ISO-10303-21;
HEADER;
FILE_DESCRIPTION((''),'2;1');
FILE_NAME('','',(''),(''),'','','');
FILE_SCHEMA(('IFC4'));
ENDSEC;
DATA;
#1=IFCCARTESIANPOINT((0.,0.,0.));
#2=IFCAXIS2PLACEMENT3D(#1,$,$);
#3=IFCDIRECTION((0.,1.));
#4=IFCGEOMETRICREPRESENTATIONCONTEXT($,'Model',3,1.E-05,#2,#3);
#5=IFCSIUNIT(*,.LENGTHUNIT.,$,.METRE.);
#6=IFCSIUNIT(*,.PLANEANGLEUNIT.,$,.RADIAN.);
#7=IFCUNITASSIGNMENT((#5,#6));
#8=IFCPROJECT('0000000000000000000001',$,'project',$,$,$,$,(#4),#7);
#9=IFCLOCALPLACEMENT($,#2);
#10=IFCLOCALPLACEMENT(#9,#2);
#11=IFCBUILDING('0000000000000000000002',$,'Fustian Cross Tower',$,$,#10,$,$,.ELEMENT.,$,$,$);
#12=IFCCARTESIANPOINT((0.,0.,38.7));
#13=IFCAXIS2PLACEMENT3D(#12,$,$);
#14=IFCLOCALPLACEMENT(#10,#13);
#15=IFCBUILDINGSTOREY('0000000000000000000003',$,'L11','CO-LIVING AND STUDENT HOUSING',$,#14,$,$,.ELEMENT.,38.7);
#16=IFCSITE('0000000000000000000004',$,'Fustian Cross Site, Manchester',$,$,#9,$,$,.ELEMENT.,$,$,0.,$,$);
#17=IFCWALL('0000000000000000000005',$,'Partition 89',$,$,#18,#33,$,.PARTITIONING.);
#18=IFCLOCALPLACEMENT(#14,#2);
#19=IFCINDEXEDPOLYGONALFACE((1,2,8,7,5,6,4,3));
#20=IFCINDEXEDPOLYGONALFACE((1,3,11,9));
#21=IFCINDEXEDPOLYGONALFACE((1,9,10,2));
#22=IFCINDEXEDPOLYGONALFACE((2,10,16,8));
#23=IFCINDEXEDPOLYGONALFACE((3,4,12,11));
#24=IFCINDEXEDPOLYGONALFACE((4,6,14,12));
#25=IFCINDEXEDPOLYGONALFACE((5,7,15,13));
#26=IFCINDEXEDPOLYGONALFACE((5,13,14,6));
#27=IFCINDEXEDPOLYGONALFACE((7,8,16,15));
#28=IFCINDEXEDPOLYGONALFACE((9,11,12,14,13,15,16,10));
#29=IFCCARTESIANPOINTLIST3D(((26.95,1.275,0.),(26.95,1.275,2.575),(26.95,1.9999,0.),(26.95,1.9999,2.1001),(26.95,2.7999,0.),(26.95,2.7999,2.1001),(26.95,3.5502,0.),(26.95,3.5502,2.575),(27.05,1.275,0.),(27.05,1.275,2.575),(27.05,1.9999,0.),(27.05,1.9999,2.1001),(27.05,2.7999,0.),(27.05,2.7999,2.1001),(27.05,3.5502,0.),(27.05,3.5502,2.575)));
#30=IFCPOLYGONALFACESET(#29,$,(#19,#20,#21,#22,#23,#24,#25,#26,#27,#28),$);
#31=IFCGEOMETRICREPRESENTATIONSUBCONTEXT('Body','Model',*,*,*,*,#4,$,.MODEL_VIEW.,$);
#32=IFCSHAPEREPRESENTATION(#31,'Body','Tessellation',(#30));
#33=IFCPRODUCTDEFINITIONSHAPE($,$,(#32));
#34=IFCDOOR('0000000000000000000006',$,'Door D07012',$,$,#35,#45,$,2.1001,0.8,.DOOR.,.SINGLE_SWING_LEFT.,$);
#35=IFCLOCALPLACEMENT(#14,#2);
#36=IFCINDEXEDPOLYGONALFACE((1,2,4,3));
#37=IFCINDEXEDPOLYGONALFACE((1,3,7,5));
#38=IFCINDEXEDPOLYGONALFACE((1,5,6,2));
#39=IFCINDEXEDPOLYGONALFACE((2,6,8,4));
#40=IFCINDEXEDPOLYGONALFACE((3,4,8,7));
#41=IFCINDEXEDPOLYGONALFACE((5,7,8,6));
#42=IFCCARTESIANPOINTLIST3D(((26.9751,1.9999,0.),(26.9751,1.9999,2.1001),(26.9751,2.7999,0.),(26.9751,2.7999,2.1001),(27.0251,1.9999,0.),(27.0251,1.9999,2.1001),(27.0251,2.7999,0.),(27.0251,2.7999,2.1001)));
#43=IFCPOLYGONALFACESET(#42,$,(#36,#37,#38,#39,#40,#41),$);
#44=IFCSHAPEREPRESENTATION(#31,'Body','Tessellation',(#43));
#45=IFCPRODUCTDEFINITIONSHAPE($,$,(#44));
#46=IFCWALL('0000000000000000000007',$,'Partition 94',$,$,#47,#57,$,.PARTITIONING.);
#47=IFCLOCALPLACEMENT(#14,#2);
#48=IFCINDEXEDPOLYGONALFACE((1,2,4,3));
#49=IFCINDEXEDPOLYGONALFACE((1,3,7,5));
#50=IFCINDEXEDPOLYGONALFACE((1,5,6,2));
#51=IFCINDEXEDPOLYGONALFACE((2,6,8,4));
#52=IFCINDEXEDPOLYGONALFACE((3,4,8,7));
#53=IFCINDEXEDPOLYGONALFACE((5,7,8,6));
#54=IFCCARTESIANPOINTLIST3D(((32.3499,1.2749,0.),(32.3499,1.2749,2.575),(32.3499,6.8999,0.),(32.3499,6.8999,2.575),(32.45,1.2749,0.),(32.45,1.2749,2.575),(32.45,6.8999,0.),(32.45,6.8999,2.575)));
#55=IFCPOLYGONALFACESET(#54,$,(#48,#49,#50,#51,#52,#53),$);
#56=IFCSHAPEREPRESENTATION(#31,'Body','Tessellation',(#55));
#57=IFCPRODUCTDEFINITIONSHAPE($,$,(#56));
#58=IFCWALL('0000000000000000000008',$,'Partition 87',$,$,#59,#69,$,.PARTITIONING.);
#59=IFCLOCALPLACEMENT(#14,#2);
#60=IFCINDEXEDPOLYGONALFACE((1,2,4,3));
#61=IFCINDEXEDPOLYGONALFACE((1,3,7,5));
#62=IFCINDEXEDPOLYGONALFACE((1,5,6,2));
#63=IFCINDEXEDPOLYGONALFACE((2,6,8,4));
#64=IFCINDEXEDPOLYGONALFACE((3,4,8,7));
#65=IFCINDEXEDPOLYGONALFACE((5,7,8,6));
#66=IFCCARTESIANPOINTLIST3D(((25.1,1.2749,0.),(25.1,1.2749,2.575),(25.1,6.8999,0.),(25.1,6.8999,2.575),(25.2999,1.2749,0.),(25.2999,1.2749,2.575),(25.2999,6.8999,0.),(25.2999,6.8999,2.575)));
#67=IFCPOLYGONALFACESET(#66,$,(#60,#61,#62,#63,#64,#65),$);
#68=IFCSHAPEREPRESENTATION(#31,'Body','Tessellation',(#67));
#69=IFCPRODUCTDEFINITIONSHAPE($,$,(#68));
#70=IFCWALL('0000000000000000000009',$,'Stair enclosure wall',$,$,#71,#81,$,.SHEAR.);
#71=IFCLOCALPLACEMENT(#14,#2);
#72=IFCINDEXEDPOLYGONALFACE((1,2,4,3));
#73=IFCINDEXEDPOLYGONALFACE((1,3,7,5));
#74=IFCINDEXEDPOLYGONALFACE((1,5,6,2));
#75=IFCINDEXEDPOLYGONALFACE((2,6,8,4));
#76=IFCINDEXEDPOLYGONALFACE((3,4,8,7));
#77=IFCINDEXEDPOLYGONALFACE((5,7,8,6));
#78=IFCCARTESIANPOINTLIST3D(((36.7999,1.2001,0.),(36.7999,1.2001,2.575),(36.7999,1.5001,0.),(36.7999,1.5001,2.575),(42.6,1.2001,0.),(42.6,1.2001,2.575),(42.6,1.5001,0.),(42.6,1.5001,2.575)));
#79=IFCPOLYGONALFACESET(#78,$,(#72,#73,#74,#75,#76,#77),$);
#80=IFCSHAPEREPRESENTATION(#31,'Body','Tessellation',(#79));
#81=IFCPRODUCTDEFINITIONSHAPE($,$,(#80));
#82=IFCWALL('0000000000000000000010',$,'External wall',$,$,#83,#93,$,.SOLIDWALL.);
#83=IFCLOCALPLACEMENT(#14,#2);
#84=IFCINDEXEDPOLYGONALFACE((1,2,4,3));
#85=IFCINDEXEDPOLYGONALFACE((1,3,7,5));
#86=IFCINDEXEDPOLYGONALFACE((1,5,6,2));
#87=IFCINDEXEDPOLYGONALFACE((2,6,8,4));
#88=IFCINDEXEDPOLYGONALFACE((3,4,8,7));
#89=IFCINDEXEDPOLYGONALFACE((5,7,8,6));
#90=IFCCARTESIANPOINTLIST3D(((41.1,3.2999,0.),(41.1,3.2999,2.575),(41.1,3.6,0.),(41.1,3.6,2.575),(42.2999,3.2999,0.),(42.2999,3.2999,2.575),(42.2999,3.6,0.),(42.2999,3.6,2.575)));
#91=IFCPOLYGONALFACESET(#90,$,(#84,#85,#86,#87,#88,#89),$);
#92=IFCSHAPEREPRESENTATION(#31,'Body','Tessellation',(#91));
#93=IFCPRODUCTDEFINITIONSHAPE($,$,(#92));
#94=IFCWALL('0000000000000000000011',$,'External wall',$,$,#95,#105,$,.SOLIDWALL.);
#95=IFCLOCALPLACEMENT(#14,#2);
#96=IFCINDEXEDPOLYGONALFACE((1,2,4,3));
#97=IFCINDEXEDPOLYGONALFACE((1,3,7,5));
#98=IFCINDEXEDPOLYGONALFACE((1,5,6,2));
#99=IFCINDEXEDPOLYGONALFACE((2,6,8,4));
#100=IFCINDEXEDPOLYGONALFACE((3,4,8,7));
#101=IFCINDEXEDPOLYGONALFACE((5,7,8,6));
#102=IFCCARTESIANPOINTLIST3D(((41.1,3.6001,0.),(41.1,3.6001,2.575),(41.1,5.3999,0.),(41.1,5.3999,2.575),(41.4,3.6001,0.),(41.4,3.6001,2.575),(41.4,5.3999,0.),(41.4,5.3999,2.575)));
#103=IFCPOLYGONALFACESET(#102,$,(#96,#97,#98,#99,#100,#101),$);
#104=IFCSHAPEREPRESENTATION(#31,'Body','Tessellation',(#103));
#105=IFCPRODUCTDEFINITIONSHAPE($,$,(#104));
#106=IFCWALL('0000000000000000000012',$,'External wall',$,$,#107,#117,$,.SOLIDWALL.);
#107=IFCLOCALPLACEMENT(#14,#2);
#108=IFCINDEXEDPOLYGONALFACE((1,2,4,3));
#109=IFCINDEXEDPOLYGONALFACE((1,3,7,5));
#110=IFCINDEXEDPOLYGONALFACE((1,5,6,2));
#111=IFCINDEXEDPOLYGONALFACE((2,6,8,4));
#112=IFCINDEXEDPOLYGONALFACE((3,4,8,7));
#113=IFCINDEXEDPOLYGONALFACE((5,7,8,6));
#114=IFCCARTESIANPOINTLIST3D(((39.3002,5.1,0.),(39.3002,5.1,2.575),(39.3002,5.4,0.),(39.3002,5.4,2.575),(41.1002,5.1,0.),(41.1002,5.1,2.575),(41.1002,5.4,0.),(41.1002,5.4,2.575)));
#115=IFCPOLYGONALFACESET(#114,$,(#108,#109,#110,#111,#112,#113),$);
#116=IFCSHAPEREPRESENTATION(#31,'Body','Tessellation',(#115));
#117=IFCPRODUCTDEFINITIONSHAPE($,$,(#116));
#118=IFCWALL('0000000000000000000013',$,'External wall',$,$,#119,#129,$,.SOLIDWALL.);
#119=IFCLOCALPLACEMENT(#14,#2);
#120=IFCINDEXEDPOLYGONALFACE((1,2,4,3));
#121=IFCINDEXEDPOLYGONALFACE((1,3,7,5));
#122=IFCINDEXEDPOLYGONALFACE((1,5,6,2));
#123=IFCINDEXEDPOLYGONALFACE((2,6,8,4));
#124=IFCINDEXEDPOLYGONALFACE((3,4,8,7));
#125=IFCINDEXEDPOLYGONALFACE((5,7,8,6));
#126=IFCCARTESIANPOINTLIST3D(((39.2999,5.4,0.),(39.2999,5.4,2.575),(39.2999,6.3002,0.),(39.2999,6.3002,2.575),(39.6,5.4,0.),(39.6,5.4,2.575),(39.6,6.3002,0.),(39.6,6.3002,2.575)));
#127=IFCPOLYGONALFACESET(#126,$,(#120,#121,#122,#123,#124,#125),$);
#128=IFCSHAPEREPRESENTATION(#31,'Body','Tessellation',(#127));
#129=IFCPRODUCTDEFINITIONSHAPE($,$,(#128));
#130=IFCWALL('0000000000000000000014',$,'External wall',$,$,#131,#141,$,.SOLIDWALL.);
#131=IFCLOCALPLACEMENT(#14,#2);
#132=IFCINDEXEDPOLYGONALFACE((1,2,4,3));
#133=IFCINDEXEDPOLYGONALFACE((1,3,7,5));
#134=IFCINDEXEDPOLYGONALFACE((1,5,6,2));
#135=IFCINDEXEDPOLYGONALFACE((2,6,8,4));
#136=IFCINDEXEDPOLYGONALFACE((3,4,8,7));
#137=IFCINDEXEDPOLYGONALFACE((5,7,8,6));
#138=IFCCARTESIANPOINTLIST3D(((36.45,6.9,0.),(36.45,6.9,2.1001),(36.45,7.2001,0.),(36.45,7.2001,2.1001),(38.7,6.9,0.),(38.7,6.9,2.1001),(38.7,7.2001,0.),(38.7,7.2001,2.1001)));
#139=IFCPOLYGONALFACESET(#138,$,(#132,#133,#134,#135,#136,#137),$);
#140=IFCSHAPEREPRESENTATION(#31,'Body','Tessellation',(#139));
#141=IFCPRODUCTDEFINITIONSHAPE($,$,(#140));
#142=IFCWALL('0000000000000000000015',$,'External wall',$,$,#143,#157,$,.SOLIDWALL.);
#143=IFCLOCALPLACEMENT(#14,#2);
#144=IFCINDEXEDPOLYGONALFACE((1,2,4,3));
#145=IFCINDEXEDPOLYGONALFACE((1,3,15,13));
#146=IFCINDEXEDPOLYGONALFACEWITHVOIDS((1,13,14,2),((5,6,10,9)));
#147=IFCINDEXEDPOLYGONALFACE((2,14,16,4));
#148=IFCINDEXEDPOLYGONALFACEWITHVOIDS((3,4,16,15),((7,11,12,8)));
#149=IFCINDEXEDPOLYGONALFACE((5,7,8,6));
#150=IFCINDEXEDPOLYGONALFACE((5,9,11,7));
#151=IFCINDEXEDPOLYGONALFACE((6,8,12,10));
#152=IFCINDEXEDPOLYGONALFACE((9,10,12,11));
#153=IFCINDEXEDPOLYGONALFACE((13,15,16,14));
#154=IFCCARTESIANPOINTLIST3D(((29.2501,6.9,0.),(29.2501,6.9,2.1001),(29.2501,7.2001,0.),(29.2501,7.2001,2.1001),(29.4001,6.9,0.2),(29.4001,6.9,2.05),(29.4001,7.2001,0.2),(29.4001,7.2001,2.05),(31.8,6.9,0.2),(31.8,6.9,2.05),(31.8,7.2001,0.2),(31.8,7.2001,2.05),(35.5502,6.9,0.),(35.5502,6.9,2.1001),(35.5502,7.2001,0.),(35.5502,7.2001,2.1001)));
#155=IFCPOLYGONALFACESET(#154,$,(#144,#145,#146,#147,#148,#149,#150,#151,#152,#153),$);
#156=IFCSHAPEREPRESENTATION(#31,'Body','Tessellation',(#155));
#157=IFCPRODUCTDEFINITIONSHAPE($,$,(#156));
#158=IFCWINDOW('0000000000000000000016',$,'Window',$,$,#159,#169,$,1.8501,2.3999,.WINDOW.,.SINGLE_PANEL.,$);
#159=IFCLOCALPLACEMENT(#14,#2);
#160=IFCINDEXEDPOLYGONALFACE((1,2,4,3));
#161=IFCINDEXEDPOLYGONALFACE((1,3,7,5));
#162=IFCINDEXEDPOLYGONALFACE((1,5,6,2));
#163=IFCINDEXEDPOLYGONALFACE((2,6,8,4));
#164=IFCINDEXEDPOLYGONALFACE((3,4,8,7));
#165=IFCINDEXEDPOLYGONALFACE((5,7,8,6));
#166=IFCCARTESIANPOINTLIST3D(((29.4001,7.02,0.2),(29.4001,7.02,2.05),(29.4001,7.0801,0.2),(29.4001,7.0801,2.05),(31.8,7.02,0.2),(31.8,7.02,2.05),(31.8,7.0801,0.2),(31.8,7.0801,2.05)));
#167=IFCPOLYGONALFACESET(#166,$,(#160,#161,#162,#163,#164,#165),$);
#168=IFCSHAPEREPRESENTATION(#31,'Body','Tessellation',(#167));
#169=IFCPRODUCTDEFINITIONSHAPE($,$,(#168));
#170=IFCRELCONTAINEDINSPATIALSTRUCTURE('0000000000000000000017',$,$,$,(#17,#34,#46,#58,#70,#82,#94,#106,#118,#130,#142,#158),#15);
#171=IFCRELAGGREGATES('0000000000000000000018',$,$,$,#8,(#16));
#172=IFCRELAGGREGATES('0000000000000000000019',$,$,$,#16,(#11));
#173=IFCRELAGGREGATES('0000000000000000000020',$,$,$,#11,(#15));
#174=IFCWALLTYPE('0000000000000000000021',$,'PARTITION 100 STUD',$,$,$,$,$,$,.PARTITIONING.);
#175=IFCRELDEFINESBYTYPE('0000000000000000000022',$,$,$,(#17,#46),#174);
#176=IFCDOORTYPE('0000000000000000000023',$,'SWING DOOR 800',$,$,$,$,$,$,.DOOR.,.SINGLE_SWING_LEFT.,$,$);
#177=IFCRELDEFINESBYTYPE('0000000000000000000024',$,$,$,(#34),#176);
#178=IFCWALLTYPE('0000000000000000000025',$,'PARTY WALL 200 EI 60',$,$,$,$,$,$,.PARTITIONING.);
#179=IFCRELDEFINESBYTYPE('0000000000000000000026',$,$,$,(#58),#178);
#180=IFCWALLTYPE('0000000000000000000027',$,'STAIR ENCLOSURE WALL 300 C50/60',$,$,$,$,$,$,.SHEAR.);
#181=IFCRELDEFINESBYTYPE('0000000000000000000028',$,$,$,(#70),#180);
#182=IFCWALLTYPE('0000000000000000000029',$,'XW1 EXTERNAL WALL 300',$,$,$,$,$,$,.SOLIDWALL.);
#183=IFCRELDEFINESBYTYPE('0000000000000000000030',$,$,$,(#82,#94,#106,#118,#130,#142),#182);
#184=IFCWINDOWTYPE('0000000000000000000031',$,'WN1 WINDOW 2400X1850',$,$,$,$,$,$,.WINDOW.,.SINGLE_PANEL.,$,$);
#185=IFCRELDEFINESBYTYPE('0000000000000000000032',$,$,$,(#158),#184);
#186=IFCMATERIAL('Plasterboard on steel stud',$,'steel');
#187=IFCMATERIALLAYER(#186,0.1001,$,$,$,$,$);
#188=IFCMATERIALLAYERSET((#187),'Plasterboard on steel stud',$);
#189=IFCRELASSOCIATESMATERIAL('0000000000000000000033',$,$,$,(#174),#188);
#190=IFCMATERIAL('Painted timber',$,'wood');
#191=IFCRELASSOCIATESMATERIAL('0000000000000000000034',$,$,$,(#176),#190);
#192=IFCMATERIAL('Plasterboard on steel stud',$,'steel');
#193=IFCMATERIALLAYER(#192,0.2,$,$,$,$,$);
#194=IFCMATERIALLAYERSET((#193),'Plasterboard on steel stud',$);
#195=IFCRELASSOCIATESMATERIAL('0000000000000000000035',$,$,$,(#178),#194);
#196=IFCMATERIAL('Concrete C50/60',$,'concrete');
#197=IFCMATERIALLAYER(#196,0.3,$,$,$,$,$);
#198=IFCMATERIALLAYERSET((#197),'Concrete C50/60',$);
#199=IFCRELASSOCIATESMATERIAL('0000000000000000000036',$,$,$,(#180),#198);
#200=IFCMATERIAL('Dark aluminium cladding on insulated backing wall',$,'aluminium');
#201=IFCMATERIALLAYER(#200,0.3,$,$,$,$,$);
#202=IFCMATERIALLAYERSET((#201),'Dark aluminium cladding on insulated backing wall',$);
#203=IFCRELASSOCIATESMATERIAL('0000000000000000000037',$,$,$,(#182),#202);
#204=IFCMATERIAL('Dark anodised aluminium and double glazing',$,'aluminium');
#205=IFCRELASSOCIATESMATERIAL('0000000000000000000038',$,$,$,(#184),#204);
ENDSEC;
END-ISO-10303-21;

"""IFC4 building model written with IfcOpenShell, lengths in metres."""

from ifc_helpers import new_model, si_unit, direction, frame, frame_2d, origin, place, context, subcontext, project, spatial, rectangle, extrude, material, layer, layer_set, type_object, element, fill, save


model = new_model("IFC4")

# Units and contexts
model_context = context("Model", 3, precision=1e-05, world=origin(), true_north=direction((0.0, 1.0)))
body_context = subcontext(model_context, "Body", "Model", "MODEL_VIEW")
ifc_project = project(units=[si_unit("LENGTHUNIT", "METRE"), si_unit("PLANEANGLEUNIT", "RADIAN")], contexts=[model_context])

# Site, building, storey
site_placement = place(None, origin())
site = spatial("IfcSite", under=ifc_project, at=site_placement, Name="Fustian Cross Site, Manchester", CompositionType="ELEMENT", RefElevation=0.0)
building_placement = place(site_placement, origin())
building = spatial("IfcBuilding", under=site, at=building_placement, Name="Fustian Cross Tower", CompositionType="ELEMENT")
storey_placement = place(building_placement, frame((0.0, 0.0, 38.7)))
storey = spatial("IfcBuildingStorey", under=building, at=storey_placement, Name="L11", Description="CO-LIVING AND STUDENT HOUSING", CompositionType="ELEMENT", Elevation=38.7)

# Shared definitions
ifc_material_1 = material(Name="Plasterboard on steel stud", Category="steel")
ifc_layer_1 = layer(ifc_material_1, 0.1001)
ifc_layer_set_1 = layer_set([ifc_layer_1], Name="Plasterboard on steel stud")
wall_type_1 = type_object("IfcWallType", Name="PARTITION 100 STUD", PredefinedType="PARTITIONING", material=ifc_layer_set_1)

# Shared definitions
ifc_material_2 = material(Name="Painted timber", Category="wood")
door_type = type_object("IfcDoorType", Name="SWING DOOR 800", OperationType="SINGLE_SWING_LEFT", PredefinedType="DOOR", material=ifc_material_2)

# Wall, opening, door
wall_1_placement = place(storey_placement, frame((27.0, 1.2749, 0.0), z_axis=(0.0, 0.0, 1.0), x_axis=(0.0, 1.0, 0.0)))
wall_1 = element("IfcWall", 1, at=wall_1_placement, inside=storey, type_object=wall_type_1, Name="Partition 89", PredefinedType="PARTITIONING", context=body_context, shape_type="SweptSolid", body=[
    extrude(rectangle(XDim=2.2751, YDim=0.1001, at=frame_2d((1.1377, 0.0))), origin(), (0.0, 0.0, 1.0), 2.575),
])
opening_1_placement = place(wall_1_placement, frame((0.7251, 0.0, 0.0)))
opening_1 = element("IfcOpeningElement", 2, at=opening_1_placement, cuts=wall_1, PredefinedType="OPENING", context=body_context, shape_type="SweptSolid", body=[
    extrude(rectangle(XDim=0.8, YDim=2.1001, at=frame_2d((0.3999, 1.05))), frame((0.0, 0.0601, 0.0), z_axis=(0.0, -1.0, 0.0), x_axis=(1.0, 0.0, 0.0)), (0.0, 0.0, 1.0), 0.1201),
])
door_1_placement = place(opening_1_placement, origin())
door_1 = element("IfcDoor", 3, at=door_1_placement, inside=storey, type_object=door_type, Name="Door D07012", OperationType="SINGLE_SWING_LEFT", OverallHeight=2.1001, OverallWidth=0.8, PredefinedType="DOOR", context=body_context, shape_type="SweptSolid", body=[
    extrude(rectangle(XDim=0.8, YDim=2.1001, at=frame_2d((0.3999, 1.05))), frame((0.0, 0.0249, 0.0), z_axis=(0.0, -1.0, 0.0), x_axis=(1.0, 0.0, 0.0)), (0.0, 0.0, 1.0), 0.05),
])
fill(opening_1, door_1)

# Walls
wall_2_placement = place(storey_placement, frame((32.3999, 1.2749, 0.0), z_axis=(0.0, 0.0, 1.0), x_axis=(0.0, 1.0, 0.0)))
element("IfcWall", 4, at=wall_2_placement, inside=storey, type_object=wall_type_1, Name="Partition 94", PredefinedType="PARTITIONING", context=body_context, shape_type="SweptSolid", body=[
    extrude(rectangle(XDim=5.625, YDim=0.1001, at=frame_2d((2.8125, 0.0))), origin(), (0.0, 0.0, 1.0), 2.575),
])
ifc_material_3 = material(Name="Plasterboard on steel stud", Category="steel")
ifc_layer_2 = layer(ifc_material_3, 0.2)
ifc_layer_set_2 = layer_set([ifc_layer_2], Name="Plasterboard on steel stud")
wall_type_2 = type_object("IfcWallType", Name="PARTY WALL 200 EI 60", PredefinedType="PARTITIONING", material=ifc_layer_set_2)
wall_3_placement = place(storey_placement, frame((25.2, 1.2749, 0.0), z_axis=(0.0, 0.0, 1.0), x_axis=(0.0, 1.0, 0.0)))
element("IfcWall", 5, at=wall_3_placement, inside=storey, type_object=wall_type_2, Name="Partition 87", PredefinedType="PARTITIONING", context=body_context, shape_type="SweptSolid", body=[
    extrude(rectangle(XDim=5.625, YDim=0.2, at=frame_2d((2.8125, 0.0))), origin(), (0.0, 0.0, 1.0), 2.575),
])
ifc_material_4 = material(Name="Concrete C50/60", Category="concrete")
ifc_layer_3 = layer(ifc_material_4, 0.3)
ifc_layer_set_3 = layer_set([ifc_layer_3], Name="Concrete C50/60")
wall_type_3 = type_object("IfcWallType", Name="STAIR ENCLOSURE WALL 300 C50/60", PredefinedType="SHEAR", material=ifc_layer_set_3)
wall_4_placement = place(storey_placement, frame((36.8, 1.3501, 0.0), z_axis=(0.0, 0.0, 1.0), x_axis=(1.0, 0.0, 0.0)))
element("IfcWall", 6, at=wall_4_placement, inside=storey, type_object=wall_type_3, Name="Stair enclosure wall", PredefinedType="SHEAR", context=body_context, shape_type="SweptSolid", body=[
    extrude(rectangle(XDim=5.8, YDim=0.3, at=frame_2d((2.8999, 0.0))), origin(), (0.0, 0.0, 1.0), 2.575),
])
ifc_material_5 = material(Name="Dark aluminium cladding on insulated backing wall", Category="aluminium")
ifc_layer_4 = layer(ifc_material_5, 0.3)
ifc_layer_set_4 = layer_set([ifc_layer_4], Name="Dark aluminium cladding on insulated backing wall")
wall_type_4 = type_object("IfcWallType", Name="XW1 EXTERNAL WALL 300", PredefinedType="SOLIDWALL", material=ifc_layer_set_4)
wall_5_placement = place(storey_placement, frame((42.3, 3.45, 0.0), z_axis=(0.0, 0.0, 1.0), x_axis=(-1.0, 0.0, 0.0)))
element("IfcWall", 7, at=wall_5_placement, inside=storey, type_object=wall_type_4, Name="External wall", PredefinedType="SOLIDWALL", context=body_context, shape_type="SweptSolid", body=[
    extrude(rectangle(XDim=1.2, YDim=0.3, at=frame_2d((0.6001, 0.0))), origin(), (0.0, 0.0, 1.0), 2.575),
])
wall_6_placement = place(storey_placement, frame((41.25, 3.6001, 0.0), z_axis=(0.0, 0.0, 1.0), x_axis=(0.0, 1.0, 0.0)))
element("IfcWall", 8, at=wall_6_placement, inside=storey, type_object=wall_type_4, Name="External wall", PredefinedType="SOLIDWALL", context=body_context, shape_type="SweptSolid", body=[
    extrude(rectangle(XDim=1.7998, YDim=0.3, at=frame_2d((0.8999, 0.0))), origin(), (0.0, 0.0, 1.0), 2.575),
])
wall_7_placement = place(storey_placement, frame((41.1001, 5.25, 0.0), z_axis=(0.0, 0.0, 1.0), x_axis=(-1.0, 0.0, 0.0)))
element("IfcWall", 9, at=wall_7_placement, inside=storey, type_object=wall_type_4, Name="External wall", PredefinedType="SOLIDWALL", context=body_context, shape_type="SweptSolid", body=[
    extrude(rectangle(XDim=1.8, YDim=0.3, at=frame_2d((0.8999, 0.0))), origin(), (0.0, 0.0, 1.0), 2.575),
])
wall_8_placement = place(storey_placement, frame((39.45, 5.3999, 0.0), z_axis=(0.0, 0.0, 1.0), x_axis=(0.0, 1.0, 0.0)))
element("IfcWall", 10, at=wall_8_placement, inside=storey, type_object=wall_type_4, Name="External wall", PredefinedType="SOLIDWALL", context=body_context, shape_type="SweptSolid", body=[
    extrude(rectangle(XDim=0.9001, YDim=0.3, at=frame_2d((0.4502, 0.0))), origin(), (0.0, 0.0, 1.0), 2.575),
])
wall_9_placement = place(storey_placement, frame((38.7, 7.05, 0.0), z_axis=(0.0, 0.0, 1.0), x_axis=(-1.0, 0.0, 0.0)))
element("IfcWall", 11, at=wall_9_placement, inside=storey, type_object=wall_type_4, Name="External wall", PredefinedType="SOLIDWALL", context=body_context, shape_type="SweptSolid", body=[
    extrude(rectangle(XDim=2.25, YDim=0.3, at=frame_2d((1.125, 0.0))), origin(), (0.0, 0.0, 1.0), 2.1001),
])

# Wall, opening, window
wall_10_placement = place(storey_placement, frame((35.55, 7.05, 0.0), z_axis=(0.0, 0.0, 1.0), x_axis=(-1.0, 0.0, 0.0)))
wall_10 = element("IfcWall", 12, at=wall_10_placement, inside=storey, type_object=wall_type_4, Name="External wall", PredefinedType="SOLIDWALL", context=body_context, shape_type="SweptSolid", body=[
    extrude(rectangle(XDim=6.3, YDim=0.3, at=frame_2d((3.1499, 0.0))), origin(), (0.0, 0.0, 1.0), 2.1001),
])
opening_2_placement = place(wall_10_placement, frame((3.75, 0.0, 0.2)))
opening_2 = element("IfcOpeningElement", 13, at=opening_2_placement, cuts=wall_10, PredefinedType="OPENING", context=body_context, shape_type="SweptSolid", body=[
    extrude(rectangle(XDim=2.3999, YDim=1.8501, at=frame_2d((1.2, 0.925))), frame((0.0, 0.1599, 0.0), z_axis=(0.0, -1.0, 0.0), x_axis=(1.0, 0.0, 0.0)), (0.0, 0.0, 1.0), 0.3201),
])
ifc_material_6 = material(Name="Dark anodised aluminium and double glazing", Category="aluminium")
window_type_1 = type_object("IfcWindowType", Name="WN1 WINDOW 2400X1850", PartitioningType="SINGLE_PANEL", PredefinedType="WINDOW", material=ifc_material_6)
window_1_placement = place(opening_2_placement, origin())
window_1 = element("IfcWindow", 14, at=window_1_placement, inside=storey, type_object=window_type_1, Name="Window", OverallHeight=1.8501, OverallWidth=2.3999, PartitioningType="SINGLE_PANEL", PredefinedType="WINDOW", context=body_context, shape_type="SweptSolid", body=[
    extrude(rectangle(XDim=2.3999, YDim=1.8501, at=frame_2d((1.2, 0.925))), frame((0.0, 0.03, 0.0), z_axis=(0.0, -1.0, 0.0), x_axis=(1.0, 0.0, 0.0)), (0.0, 0.0, 1.0), 0.0601),
])
fill(opening_2, window_1)

save(model, "model.ifc")
